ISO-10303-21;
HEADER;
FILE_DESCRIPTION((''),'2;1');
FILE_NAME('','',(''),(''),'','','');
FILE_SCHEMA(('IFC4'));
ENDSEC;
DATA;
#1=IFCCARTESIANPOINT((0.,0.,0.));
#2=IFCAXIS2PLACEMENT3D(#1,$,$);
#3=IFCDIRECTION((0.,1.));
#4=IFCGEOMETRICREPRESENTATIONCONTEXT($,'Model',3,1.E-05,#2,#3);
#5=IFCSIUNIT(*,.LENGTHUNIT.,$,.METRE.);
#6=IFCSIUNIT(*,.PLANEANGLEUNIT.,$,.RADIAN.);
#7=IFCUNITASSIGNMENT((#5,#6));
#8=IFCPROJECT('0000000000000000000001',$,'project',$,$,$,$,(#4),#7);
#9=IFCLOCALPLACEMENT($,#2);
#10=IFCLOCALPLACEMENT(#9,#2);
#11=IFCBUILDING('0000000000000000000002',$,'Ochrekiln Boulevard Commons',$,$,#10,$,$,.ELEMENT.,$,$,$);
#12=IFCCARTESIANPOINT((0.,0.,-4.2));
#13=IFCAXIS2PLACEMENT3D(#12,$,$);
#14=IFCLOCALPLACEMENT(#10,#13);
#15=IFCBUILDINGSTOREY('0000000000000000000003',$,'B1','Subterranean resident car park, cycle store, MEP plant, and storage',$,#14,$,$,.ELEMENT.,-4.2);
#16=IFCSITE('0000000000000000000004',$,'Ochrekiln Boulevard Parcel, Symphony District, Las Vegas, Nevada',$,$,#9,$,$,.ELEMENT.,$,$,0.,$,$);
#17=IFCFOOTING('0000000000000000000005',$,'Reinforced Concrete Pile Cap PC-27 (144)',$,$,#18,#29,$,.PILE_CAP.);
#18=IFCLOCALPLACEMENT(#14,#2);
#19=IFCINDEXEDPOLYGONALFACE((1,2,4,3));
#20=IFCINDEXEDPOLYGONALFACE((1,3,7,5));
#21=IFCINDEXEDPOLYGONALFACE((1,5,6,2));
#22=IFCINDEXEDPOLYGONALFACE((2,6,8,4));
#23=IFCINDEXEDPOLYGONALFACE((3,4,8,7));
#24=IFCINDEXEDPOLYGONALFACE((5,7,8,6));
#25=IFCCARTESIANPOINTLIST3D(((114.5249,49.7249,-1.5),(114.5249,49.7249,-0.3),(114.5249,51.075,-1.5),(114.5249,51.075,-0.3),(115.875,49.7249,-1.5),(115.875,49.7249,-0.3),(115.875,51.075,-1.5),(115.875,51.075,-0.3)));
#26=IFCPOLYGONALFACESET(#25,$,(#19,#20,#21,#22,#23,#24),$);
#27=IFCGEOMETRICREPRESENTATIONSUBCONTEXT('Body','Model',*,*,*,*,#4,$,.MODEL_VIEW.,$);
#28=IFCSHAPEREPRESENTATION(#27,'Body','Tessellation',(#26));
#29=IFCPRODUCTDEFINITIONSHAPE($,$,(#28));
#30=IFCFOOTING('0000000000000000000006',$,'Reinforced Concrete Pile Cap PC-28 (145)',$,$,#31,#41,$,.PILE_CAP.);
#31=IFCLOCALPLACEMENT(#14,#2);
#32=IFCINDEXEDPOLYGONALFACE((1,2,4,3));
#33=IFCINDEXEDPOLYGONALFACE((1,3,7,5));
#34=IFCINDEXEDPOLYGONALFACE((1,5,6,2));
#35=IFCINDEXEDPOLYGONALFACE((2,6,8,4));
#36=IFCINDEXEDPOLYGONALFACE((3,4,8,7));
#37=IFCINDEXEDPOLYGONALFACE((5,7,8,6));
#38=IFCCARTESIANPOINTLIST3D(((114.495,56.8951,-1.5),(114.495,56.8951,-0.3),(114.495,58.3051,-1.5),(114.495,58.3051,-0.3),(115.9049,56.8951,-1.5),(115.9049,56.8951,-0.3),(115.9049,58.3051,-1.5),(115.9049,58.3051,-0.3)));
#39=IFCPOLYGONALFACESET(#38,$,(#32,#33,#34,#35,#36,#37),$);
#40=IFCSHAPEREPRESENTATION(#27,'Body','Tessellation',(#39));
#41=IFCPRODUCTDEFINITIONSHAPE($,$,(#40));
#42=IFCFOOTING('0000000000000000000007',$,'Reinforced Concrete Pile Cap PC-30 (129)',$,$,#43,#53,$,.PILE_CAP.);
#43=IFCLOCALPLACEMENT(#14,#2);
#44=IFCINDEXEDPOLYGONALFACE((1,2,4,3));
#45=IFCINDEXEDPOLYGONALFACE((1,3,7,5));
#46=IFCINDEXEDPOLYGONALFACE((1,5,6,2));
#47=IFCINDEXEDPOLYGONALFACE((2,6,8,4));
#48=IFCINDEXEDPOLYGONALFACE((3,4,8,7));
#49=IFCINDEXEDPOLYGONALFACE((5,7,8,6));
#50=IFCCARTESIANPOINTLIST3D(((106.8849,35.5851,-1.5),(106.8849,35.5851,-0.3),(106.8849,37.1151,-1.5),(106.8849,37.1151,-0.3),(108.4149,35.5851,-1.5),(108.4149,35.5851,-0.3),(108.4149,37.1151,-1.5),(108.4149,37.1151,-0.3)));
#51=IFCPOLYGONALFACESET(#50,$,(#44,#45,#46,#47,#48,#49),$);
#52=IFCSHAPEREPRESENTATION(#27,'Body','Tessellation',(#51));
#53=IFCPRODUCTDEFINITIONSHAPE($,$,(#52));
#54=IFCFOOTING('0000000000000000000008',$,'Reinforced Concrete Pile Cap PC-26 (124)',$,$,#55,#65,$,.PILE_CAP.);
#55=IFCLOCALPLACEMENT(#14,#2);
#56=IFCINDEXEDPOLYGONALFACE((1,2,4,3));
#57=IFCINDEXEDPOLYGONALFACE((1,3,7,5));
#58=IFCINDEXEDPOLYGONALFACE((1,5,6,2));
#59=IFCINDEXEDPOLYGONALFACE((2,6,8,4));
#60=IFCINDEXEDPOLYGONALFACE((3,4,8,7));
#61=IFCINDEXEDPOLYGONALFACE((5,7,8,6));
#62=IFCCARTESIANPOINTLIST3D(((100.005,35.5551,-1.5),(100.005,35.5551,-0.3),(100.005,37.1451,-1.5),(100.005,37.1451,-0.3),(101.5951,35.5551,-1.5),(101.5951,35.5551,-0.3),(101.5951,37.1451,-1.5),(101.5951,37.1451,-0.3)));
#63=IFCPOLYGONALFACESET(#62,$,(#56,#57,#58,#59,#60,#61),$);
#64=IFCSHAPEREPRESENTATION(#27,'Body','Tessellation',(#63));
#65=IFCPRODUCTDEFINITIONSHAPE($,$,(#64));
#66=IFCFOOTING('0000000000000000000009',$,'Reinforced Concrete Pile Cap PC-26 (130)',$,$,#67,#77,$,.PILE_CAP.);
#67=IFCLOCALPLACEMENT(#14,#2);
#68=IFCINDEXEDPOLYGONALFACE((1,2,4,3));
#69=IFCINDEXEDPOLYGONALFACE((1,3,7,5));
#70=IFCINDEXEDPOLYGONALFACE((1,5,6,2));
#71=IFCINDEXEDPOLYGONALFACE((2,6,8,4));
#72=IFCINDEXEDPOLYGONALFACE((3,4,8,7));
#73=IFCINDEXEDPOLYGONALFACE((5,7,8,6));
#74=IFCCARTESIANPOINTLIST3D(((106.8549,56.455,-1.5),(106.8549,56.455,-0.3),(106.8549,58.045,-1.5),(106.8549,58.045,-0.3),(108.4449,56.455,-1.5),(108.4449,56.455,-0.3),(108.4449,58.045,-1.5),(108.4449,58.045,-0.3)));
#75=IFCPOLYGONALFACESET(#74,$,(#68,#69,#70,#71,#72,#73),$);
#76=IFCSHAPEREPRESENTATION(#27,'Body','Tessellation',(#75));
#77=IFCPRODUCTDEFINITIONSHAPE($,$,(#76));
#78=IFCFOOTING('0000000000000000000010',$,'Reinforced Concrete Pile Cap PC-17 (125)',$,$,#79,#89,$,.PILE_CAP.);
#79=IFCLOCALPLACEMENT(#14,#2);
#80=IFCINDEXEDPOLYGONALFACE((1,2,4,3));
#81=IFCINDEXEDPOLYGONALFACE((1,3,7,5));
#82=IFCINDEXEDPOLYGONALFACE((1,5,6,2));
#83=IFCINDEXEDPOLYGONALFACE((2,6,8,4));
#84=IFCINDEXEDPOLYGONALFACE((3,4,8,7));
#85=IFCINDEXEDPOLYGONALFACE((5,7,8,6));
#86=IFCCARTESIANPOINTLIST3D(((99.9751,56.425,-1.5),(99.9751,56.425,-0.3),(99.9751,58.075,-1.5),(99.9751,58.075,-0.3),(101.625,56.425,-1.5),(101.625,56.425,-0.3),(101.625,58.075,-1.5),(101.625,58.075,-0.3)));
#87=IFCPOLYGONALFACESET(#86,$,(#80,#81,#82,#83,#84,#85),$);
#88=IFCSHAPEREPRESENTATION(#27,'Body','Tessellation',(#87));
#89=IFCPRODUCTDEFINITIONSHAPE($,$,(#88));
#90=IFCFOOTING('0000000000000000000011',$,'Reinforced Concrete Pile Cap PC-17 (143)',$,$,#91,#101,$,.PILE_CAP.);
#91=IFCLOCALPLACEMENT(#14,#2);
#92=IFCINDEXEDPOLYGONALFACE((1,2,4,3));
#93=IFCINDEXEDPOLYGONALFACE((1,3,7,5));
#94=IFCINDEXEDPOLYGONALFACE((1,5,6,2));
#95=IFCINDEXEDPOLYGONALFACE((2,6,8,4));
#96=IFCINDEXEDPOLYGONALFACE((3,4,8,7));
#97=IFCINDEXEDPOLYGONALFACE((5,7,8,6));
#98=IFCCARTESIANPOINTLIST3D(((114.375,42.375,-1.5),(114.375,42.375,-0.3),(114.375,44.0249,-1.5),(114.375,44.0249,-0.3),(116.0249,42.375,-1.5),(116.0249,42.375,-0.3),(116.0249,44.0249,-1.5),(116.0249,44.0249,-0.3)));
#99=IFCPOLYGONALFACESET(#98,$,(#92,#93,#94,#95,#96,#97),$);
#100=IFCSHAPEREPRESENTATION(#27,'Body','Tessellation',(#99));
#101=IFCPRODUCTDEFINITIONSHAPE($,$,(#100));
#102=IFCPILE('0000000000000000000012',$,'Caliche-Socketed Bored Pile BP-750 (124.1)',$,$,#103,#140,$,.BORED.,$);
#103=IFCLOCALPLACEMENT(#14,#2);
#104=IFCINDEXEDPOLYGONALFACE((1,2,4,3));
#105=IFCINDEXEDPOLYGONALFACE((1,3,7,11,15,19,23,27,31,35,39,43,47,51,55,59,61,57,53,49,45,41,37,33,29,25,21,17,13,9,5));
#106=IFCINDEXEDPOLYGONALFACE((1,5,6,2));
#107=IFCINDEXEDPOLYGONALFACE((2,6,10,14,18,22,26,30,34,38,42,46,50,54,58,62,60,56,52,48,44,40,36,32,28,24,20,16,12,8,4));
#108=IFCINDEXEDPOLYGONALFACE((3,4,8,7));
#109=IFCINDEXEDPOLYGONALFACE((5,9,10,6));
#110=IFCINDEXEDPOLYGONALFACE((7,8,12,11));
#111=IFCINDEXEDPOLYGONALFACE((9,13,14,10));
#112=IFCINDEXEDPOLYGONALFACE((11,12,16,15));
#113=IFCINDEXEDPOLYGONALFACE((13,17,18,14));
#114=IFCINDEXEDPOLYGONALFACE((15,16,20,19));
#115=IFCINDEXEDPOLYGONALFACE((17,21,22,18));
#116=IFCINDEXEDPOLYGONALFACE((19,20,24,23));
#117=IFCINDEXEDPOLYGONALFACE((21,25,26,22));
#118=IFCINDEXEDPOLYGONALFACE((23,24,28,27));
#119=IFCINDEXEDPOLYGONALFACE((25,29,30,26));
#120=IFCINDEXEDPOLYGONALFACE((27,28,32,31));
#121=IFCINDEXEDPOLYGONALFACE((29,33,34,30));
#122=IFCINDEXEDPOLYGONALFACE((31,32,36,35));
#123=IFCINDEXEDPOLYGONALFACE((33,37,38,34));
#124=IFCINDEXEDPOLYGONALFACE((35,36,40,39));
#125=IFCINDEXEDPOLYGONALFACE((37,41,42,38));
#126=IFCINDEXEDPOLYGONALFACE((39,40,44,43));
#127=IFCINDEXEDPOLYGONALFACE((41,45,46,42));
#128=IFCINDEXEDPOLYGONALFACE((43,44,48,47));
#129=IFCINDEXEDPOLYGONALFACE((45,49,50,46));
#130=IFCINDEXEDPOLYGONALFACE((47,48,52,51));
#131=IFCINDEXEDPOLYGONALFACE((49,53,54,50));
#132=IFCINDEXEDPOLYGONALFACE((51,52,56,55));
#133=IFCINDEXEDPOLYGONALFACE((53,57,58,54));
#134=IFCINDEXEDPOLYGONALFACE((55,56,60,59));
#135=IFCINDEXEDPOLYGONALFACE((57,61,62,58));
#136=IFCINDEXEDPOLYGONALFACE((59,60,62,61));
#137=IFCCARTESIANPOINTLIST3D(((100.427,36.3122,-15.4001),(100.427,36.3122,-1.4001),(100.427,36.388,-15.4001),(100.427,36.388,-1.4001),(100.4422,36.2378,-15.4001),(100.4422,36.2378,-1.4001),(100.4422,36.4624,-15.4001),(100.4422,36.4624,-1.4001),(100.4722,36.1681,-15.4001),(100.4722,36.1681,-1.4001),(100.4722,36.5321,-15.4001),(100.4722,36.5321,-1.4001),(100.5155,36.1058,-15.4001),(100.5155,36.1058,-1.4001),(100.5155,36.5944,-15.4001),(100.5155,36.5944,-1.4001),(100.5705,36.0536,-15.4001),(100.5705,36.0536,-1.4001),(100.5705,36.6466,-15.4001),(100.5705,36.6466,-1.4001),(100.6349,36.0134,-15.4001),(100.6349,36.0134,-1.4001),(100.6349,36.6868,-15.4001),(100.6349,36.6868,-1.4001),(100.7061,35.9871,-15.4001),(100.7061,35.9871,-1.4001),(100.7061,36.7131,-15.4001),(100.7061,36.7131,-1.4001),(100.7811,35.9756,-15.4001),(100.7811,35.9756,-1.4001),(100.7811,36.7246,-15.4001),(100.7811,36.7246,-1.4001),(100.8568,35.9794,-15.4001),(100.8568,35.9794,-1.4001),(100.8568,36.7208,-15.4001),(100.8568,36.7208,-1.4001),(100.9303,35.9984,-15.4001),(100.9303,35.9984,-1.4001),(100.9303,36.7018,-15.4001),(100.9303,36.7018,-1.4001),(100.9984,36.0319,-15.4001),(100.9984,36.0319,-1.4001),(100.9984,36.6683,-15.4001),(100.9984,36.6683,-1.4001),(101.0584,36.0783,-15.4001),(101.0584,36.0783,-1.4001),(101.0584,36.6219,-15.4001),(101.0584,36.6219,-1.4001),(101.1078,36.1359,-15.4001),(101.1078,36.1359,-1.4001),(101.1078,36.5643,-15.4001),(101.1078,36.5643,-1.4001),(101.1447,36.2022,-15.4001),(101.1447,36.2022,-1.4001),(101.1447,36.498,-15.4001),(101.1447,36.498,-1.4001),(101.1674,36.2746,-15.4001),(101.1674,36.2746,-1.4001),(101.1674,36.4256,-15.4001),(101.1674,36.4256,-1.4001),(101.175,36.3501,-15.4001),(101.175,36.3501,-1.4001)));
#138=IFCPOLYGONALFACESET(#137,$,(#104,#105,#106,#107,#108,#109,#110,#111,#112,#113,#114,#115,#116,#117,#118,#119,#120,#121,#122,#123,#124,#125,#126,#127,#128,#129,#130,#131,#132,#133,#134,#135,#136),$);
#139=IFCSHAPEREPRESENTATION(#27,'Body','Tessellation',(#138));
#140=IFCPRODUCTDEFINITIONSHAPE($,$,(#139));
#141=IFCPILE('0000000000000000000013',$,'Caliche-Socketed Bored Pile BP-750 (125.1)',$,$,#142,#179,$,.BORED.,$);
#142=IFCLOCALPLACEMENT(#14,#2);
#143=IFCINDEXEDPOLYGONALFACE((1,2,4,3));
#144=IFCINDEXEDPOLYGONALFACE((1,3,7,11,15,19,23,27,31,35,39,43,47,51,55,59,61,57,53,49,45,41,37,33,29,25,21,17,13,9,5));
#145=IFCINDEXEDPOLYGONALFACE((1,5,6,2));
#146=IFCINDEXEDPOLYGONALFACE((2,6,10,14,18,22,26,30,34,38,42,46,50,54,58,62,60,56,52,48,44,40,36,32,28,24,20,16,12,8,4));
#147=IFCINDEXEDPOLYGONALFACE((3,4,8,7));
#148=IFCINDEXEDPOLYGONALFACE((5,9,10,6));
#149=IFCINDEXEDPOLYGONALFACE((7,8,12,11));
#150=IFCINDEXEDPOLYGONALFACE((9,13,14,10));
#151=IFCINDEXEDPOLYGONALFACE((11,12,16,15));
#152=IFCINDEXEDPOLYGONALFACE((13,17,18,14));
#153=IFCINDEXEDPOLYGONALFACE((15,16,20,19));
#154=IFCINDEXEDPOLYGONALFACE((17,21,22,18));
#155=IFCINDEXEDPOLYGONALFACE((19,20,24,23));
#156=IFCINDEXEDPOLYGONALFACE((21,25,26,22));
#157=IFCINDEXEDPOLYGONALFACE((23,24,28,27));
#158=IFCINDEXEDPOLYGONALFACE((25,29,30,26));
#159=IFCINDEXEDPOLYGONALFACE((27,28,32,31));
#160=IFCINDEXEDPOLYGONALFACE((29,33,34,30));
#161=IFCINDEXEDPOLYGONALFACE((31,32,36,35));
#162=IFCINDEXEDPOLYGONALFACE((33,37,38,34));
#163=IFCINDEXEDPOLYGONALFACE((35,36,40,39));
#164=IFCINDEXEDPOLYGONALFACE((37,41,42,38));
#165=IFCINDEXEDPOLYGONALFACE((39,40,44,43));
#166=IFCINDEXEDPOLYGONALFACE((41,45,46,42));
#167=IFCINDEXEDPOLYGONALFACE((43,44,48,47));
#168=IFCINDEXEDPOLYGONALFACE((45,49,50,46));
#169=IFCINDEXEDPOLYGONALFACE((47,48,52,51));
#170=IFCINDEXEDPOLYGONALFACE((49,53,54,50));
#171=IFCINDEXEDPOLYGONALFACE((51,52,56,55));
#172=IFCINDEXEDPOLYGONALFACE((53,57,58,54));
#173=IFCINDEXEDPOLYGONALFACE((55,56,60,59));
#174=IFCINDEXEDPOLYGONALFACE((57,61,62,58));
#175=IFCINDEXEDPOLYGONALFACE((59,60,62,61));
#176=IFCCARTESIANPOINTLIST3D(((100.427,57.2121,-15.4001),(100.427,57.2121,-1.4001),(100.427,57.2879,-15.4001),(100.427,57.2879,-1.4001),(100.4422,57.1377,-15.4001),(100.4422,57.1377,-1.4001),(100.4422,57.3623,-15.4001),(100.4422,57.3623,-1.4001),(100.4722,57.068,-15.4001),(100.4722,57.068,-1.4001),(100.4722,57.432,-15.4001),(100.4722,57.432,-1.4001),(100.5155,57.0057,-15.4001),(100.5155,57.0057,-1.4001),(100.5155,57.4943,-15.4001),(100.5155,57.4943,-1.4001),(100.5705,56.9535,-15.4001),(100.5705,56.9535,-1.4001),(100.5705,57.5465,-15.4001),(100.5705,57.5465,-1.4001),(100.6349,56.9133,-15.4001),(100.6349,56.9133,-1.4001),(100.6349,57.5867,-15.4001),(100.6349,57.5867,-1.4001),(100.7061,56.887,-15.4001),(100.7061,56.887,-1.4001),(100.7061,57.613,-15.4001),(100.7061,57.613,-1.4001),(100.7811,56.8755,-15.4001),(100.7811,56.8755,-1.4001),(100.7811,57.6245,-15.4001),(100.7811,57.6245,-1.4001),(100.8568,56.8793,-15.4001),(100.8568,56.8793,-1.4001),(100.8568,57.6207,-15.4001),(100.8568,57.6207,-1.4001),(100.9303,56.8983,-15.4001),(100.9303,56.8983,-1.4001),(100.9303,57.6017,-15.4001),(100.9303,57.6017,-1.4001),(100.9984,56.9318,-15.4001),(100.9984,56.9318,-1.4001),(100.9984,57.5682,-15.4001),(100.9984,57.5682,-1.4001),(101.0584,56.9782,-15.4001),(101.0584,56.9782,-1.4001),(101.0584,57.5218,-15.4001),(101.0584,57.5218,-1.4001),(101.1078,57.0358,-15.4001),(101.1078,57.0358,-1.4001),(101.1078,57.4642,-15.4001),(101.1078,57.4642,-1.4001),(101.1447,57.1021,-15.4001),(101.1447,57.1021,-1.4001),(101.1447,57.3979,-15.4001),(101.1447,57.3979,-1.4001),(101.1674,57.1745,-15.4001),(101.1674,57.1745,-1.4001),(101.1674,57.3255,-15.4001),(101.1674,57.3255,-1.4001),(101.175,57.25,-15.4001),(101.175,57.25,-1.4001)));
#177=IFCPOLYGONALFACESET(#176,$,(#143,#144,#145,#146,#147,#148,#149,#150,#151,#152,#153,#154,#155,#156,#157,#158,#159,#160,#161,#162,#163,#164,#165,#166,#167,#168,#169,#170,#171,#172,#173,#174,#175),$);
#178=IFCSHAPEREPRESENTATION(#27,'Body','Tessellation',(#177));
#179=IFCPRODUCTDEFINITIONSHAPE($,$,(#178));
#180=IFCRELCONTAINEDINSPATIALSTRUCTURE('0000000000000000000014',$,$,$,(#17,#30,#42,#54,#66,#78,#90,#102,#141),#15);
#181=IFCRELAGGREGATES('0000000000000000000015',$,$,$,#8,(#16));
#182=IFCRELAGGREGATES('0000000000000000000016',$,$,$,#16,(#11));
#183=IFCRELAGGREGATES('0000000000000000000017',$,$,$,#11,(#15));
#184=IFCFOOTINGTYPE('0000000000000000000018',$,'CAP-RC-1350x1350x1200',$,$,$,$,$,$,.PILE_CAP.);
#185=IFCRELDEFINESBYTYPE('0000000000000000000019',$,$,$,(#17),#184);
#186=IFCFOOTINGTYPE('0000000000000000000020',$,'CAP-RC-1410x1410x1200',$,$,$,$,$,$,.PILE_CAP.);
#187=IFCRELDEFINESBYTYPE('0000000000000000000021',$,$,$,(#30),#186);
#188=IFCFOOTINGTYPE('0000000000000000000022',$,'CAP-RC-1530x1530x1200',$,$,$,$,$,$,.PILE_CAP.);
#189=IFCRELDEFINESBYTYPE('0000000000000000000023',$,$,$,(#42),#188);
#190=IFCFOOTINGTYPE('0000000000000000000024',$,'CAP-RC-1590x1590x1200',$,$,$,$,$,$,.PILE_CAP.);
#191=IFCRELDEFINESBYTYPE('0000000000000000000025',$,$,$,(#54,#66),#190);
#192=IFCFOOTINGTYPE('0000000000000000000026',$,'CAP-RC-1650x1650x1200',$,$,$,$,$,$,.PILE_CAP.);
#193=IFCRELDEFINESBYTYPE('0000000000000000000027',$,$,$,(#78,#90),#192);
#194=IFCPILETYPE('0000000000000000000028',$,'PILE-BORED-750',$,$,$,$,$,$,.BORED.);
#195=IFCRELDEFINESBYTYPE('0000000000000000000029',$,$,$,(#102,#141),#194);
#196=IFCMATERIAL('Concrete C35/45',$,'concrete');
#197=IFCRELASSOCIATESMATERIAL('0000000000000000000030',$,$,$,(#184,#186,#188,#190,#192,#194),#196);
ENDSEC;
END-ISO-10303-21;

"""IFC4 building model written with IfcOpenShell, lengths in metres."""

from ifc_helpers import new_model, si_unit, direction, frame, origin, origin_2d, place, context, subcontext, project, spatial, rectangle, circle, extrude, material, material_profile, profile_set, type_object, element, save


model = new_model("IFC4")

# Units and contexts
model_context = context("Model", 3, precision=1e-05, world=origin(), true_north=direction((0.0, 1.0)))
body_context = subcontext(model_context, "Body", "Model", "MODEL_VIEW")
ifc_project = project(units=[si_unit("LENGTHUNIT", "METRE"), si_unit("PLANEANGLEUNIT", "RADIAN")], contexts=[model_context])

# Site, building, storey
site_placement = place(None, origin())
site = spatial("IfcSite", under=ifc_project, at=site_placement, Name="Ochrekiln Boulevard Parcel, Symphony District, Las Vegas, Nevada", CompositionType="ELEMENT", RefElevation=0.0)
building_placement = place(site_placement, origin())
building = spatial("IfcBuilding", under=site, at=building_placement, Name="Ochrekiln Boulevard Commons", CompositionType="ELEMENT")
storey_placement = place(building_placement, frame((0.0, 0.0, -4.2)))
storey = spatial("IfcBuildingStorey", under=building, at=storey_placement, Name="B1", Description="Subterranean resident car park, cycle store, MEP plant, and storage", CompositionType="ELEMENT", Elevation=-4.2)

# Footings
ifc_material_1 = material(Name="Concrete C35/45", Category="concrete")
footing_type_1 = type_object("IfcFootingType", Name="CAP-RC-1350x1350x1200", PredefinedType="PILE_CAP", material=ifc_material_1)
footing_1_placement = place(storey_placement, frame((115.2, 50.3999, -1.5), z_axis=(0.0, 0.0, 1.0), x_axis=(1.0, 0.0, 0.0)))
element("IfcFooting", 1, at=footing_1_placement, inside=storey, type_object=footing_type_1, Name="Reinforced Concrete Pile Cap PC-27 (144)", PredefinedType="PILE_CAP", context=body_context, shape_type="SweptSolid", body=[
    extrude(rectangle(XDim=1.3501, YDim=1.3501, at=origin_2d()), origin(), (0.0, 0.0, 1.0), 1.2),
])
footing_type_2 = type_object("IfcFootingType", Name="CAP-RC-1410x1410x1200", PredefinedType="PILE_CAP", material=ifc_material_1)
footing_2_placement = place(storey_placement, frame((115.2, 57.6001, -1.5), z_axis=(0.0, 0.0, 1.0), x_axis=(1.0, 0.0, 0.0)))
element("IfcFooting", 2, at=footing_2_placement, inside=storey, type_object=footing_type_2, Name="Reinforced Concrete Pile Cap PC-28 (145)", PredefinedType="PILE_CAP", context=body_context, shape_type="SweptSolid", body=[
    extrude(rectangle(XDim=1.4099, YDim=1.4099, at=origin_2d()), origin(), (0.0, 0.0, 1.0), 1.2),
])
footing_type_3 = type_object("IfcFootingType", Name="CAP-RC-1530x1530x1200", PredefinedType="PILE_CAP", material=ifc_material_1)
footing_3_placement = place(storey_placement, frame((107.6499, 36.3501, -1.5), z_axis=(0.0, 0.0, 1.0), x_axis=(1.0, 0.0, 0.0)))
element("IfcFooting", 3, at=footing_3_placement, inside=storey, type_object=footing_type_3, Name="Reinforced Concrete Pile Cap PC-30 (129)", PredefinedType="PILE_CAP", context=body_context, shape_type="SweptSolid", body=[
    extrude(rectangle(XDim=1.53, YDim=1.53, at=origin_2d()), origin(), (0.0, 0.0, 1.0), 1.2),
])
footing_type_4 = type_object("IfcFootingType", Name="CAP-RC-1590x1590x1200", PredefinedType="PILE_CAP", material=ifc_material_1)
for number, where, z_axis, x_axis, name in (
    (4, (100.8, 36.3501, -1.5), (0.0, 0.0, 1.0), (1.0, 0.0, 0.0), "Reinforced Concrete Pile Cap PC-26 (124)"),
    (5, (107.6499, 57.25, -1.5), (0.0, 0.0, 1.0), (1.0, 0.0, 0.0), "Reinforced Concrete Pile Cap PC-26 (130)"),
):
    element("IfcFooting", number, at=place(storey_placement, frame(where, z_axis=z_axis, x_axis=x_axis)), inside=storey, type_object=footing_type_4, Name=name, PredefinedType="PILE_CAP", context=body_context, shape_type="SweptSolid", body=[
        extrude(rectangle(XDim=1.5901, YDim=1.5901, at=origin_2d()), origin(), (0.0, 0.0, 1.0), 1.2),
    ])
footing_type_5 = type_object("IfcFootingType", Name="CAP-RC-1650x1650x1200", PredefinedType="PILE_CAP", material=ifc_material_1)
for number, where, z_axis, x_axis, name in (
    (6, (100.8, 57.25, -1.5), (0.0, 0.0, 1.0), (1.0, 0.0, 0.0), "Reinforced Concrete Pile Cap PC-17 (125)"),
    (7, (115.2, 43.2, -1.5), (0.0, 0.0, 1.0), (1.0, 0.0, 0.0), "Reinforced Concrete Pile Cap PC-17 (143)"),
):
    element("IfcFooting", number, at=place(storey_placement, frame(where, z_axis=z_axis, x_axis=x_axis)), inside=storey, type_object=footing_type_5, Name=name, PredefinedType="PILE_CAP", context=body_context, shape_type="SweptSolid", body=[
        extrude(rectangle(XDim=1.6499, YDim=1.6499, at=origin_2d()), origin(), (0.0, 0.0, 1.0), 1.2),
    ])

# Piles
ifc_material_profile_1 = material_profile(ifc_material_1, circle(Radius=0.375, at=origin_2d()), Name="PILE-D750")
ifc_profile_set_1 = profile_set([ifc_material_profile_1], Name="Concrete C35/45")
pile_type = type_object("IfcPileType", Name="PILE-BORED-750", PredefinedType="BORED", material=ifc_profile_set_1)
for number, where, z_axis, x_axis, name in (
    (8, (100.8, 36.3501, -1.4001), (0.0, 0.0, -1.0), (1.0, 0.0, 0.0), "Caliche-Socketed Bored Pile BP-750 (124.1)"),
    (9, (100.8, 57.25, -1.4001), (0.0, 0.0, -1.0), (1.0, 0.0, 0.0), "Caliche-Socketed Bored Pile BP-750 (125.1)"),
):
    element("IfcPile", number, at=place(storey_placement, frame(where, z_axis=z_axis, x_axis=x_axis)), inside=storey, type_object=pile_type, Name=name, PredefinedType="BORED", context=body_context, shape_type="SweptSolid", body=[
        extrude(circle(Radius=0.375, at=origin_2d()), origin(), (0.0, 0.0, 1.0), 14.0),
    ])

save(model, "model.ifc")
